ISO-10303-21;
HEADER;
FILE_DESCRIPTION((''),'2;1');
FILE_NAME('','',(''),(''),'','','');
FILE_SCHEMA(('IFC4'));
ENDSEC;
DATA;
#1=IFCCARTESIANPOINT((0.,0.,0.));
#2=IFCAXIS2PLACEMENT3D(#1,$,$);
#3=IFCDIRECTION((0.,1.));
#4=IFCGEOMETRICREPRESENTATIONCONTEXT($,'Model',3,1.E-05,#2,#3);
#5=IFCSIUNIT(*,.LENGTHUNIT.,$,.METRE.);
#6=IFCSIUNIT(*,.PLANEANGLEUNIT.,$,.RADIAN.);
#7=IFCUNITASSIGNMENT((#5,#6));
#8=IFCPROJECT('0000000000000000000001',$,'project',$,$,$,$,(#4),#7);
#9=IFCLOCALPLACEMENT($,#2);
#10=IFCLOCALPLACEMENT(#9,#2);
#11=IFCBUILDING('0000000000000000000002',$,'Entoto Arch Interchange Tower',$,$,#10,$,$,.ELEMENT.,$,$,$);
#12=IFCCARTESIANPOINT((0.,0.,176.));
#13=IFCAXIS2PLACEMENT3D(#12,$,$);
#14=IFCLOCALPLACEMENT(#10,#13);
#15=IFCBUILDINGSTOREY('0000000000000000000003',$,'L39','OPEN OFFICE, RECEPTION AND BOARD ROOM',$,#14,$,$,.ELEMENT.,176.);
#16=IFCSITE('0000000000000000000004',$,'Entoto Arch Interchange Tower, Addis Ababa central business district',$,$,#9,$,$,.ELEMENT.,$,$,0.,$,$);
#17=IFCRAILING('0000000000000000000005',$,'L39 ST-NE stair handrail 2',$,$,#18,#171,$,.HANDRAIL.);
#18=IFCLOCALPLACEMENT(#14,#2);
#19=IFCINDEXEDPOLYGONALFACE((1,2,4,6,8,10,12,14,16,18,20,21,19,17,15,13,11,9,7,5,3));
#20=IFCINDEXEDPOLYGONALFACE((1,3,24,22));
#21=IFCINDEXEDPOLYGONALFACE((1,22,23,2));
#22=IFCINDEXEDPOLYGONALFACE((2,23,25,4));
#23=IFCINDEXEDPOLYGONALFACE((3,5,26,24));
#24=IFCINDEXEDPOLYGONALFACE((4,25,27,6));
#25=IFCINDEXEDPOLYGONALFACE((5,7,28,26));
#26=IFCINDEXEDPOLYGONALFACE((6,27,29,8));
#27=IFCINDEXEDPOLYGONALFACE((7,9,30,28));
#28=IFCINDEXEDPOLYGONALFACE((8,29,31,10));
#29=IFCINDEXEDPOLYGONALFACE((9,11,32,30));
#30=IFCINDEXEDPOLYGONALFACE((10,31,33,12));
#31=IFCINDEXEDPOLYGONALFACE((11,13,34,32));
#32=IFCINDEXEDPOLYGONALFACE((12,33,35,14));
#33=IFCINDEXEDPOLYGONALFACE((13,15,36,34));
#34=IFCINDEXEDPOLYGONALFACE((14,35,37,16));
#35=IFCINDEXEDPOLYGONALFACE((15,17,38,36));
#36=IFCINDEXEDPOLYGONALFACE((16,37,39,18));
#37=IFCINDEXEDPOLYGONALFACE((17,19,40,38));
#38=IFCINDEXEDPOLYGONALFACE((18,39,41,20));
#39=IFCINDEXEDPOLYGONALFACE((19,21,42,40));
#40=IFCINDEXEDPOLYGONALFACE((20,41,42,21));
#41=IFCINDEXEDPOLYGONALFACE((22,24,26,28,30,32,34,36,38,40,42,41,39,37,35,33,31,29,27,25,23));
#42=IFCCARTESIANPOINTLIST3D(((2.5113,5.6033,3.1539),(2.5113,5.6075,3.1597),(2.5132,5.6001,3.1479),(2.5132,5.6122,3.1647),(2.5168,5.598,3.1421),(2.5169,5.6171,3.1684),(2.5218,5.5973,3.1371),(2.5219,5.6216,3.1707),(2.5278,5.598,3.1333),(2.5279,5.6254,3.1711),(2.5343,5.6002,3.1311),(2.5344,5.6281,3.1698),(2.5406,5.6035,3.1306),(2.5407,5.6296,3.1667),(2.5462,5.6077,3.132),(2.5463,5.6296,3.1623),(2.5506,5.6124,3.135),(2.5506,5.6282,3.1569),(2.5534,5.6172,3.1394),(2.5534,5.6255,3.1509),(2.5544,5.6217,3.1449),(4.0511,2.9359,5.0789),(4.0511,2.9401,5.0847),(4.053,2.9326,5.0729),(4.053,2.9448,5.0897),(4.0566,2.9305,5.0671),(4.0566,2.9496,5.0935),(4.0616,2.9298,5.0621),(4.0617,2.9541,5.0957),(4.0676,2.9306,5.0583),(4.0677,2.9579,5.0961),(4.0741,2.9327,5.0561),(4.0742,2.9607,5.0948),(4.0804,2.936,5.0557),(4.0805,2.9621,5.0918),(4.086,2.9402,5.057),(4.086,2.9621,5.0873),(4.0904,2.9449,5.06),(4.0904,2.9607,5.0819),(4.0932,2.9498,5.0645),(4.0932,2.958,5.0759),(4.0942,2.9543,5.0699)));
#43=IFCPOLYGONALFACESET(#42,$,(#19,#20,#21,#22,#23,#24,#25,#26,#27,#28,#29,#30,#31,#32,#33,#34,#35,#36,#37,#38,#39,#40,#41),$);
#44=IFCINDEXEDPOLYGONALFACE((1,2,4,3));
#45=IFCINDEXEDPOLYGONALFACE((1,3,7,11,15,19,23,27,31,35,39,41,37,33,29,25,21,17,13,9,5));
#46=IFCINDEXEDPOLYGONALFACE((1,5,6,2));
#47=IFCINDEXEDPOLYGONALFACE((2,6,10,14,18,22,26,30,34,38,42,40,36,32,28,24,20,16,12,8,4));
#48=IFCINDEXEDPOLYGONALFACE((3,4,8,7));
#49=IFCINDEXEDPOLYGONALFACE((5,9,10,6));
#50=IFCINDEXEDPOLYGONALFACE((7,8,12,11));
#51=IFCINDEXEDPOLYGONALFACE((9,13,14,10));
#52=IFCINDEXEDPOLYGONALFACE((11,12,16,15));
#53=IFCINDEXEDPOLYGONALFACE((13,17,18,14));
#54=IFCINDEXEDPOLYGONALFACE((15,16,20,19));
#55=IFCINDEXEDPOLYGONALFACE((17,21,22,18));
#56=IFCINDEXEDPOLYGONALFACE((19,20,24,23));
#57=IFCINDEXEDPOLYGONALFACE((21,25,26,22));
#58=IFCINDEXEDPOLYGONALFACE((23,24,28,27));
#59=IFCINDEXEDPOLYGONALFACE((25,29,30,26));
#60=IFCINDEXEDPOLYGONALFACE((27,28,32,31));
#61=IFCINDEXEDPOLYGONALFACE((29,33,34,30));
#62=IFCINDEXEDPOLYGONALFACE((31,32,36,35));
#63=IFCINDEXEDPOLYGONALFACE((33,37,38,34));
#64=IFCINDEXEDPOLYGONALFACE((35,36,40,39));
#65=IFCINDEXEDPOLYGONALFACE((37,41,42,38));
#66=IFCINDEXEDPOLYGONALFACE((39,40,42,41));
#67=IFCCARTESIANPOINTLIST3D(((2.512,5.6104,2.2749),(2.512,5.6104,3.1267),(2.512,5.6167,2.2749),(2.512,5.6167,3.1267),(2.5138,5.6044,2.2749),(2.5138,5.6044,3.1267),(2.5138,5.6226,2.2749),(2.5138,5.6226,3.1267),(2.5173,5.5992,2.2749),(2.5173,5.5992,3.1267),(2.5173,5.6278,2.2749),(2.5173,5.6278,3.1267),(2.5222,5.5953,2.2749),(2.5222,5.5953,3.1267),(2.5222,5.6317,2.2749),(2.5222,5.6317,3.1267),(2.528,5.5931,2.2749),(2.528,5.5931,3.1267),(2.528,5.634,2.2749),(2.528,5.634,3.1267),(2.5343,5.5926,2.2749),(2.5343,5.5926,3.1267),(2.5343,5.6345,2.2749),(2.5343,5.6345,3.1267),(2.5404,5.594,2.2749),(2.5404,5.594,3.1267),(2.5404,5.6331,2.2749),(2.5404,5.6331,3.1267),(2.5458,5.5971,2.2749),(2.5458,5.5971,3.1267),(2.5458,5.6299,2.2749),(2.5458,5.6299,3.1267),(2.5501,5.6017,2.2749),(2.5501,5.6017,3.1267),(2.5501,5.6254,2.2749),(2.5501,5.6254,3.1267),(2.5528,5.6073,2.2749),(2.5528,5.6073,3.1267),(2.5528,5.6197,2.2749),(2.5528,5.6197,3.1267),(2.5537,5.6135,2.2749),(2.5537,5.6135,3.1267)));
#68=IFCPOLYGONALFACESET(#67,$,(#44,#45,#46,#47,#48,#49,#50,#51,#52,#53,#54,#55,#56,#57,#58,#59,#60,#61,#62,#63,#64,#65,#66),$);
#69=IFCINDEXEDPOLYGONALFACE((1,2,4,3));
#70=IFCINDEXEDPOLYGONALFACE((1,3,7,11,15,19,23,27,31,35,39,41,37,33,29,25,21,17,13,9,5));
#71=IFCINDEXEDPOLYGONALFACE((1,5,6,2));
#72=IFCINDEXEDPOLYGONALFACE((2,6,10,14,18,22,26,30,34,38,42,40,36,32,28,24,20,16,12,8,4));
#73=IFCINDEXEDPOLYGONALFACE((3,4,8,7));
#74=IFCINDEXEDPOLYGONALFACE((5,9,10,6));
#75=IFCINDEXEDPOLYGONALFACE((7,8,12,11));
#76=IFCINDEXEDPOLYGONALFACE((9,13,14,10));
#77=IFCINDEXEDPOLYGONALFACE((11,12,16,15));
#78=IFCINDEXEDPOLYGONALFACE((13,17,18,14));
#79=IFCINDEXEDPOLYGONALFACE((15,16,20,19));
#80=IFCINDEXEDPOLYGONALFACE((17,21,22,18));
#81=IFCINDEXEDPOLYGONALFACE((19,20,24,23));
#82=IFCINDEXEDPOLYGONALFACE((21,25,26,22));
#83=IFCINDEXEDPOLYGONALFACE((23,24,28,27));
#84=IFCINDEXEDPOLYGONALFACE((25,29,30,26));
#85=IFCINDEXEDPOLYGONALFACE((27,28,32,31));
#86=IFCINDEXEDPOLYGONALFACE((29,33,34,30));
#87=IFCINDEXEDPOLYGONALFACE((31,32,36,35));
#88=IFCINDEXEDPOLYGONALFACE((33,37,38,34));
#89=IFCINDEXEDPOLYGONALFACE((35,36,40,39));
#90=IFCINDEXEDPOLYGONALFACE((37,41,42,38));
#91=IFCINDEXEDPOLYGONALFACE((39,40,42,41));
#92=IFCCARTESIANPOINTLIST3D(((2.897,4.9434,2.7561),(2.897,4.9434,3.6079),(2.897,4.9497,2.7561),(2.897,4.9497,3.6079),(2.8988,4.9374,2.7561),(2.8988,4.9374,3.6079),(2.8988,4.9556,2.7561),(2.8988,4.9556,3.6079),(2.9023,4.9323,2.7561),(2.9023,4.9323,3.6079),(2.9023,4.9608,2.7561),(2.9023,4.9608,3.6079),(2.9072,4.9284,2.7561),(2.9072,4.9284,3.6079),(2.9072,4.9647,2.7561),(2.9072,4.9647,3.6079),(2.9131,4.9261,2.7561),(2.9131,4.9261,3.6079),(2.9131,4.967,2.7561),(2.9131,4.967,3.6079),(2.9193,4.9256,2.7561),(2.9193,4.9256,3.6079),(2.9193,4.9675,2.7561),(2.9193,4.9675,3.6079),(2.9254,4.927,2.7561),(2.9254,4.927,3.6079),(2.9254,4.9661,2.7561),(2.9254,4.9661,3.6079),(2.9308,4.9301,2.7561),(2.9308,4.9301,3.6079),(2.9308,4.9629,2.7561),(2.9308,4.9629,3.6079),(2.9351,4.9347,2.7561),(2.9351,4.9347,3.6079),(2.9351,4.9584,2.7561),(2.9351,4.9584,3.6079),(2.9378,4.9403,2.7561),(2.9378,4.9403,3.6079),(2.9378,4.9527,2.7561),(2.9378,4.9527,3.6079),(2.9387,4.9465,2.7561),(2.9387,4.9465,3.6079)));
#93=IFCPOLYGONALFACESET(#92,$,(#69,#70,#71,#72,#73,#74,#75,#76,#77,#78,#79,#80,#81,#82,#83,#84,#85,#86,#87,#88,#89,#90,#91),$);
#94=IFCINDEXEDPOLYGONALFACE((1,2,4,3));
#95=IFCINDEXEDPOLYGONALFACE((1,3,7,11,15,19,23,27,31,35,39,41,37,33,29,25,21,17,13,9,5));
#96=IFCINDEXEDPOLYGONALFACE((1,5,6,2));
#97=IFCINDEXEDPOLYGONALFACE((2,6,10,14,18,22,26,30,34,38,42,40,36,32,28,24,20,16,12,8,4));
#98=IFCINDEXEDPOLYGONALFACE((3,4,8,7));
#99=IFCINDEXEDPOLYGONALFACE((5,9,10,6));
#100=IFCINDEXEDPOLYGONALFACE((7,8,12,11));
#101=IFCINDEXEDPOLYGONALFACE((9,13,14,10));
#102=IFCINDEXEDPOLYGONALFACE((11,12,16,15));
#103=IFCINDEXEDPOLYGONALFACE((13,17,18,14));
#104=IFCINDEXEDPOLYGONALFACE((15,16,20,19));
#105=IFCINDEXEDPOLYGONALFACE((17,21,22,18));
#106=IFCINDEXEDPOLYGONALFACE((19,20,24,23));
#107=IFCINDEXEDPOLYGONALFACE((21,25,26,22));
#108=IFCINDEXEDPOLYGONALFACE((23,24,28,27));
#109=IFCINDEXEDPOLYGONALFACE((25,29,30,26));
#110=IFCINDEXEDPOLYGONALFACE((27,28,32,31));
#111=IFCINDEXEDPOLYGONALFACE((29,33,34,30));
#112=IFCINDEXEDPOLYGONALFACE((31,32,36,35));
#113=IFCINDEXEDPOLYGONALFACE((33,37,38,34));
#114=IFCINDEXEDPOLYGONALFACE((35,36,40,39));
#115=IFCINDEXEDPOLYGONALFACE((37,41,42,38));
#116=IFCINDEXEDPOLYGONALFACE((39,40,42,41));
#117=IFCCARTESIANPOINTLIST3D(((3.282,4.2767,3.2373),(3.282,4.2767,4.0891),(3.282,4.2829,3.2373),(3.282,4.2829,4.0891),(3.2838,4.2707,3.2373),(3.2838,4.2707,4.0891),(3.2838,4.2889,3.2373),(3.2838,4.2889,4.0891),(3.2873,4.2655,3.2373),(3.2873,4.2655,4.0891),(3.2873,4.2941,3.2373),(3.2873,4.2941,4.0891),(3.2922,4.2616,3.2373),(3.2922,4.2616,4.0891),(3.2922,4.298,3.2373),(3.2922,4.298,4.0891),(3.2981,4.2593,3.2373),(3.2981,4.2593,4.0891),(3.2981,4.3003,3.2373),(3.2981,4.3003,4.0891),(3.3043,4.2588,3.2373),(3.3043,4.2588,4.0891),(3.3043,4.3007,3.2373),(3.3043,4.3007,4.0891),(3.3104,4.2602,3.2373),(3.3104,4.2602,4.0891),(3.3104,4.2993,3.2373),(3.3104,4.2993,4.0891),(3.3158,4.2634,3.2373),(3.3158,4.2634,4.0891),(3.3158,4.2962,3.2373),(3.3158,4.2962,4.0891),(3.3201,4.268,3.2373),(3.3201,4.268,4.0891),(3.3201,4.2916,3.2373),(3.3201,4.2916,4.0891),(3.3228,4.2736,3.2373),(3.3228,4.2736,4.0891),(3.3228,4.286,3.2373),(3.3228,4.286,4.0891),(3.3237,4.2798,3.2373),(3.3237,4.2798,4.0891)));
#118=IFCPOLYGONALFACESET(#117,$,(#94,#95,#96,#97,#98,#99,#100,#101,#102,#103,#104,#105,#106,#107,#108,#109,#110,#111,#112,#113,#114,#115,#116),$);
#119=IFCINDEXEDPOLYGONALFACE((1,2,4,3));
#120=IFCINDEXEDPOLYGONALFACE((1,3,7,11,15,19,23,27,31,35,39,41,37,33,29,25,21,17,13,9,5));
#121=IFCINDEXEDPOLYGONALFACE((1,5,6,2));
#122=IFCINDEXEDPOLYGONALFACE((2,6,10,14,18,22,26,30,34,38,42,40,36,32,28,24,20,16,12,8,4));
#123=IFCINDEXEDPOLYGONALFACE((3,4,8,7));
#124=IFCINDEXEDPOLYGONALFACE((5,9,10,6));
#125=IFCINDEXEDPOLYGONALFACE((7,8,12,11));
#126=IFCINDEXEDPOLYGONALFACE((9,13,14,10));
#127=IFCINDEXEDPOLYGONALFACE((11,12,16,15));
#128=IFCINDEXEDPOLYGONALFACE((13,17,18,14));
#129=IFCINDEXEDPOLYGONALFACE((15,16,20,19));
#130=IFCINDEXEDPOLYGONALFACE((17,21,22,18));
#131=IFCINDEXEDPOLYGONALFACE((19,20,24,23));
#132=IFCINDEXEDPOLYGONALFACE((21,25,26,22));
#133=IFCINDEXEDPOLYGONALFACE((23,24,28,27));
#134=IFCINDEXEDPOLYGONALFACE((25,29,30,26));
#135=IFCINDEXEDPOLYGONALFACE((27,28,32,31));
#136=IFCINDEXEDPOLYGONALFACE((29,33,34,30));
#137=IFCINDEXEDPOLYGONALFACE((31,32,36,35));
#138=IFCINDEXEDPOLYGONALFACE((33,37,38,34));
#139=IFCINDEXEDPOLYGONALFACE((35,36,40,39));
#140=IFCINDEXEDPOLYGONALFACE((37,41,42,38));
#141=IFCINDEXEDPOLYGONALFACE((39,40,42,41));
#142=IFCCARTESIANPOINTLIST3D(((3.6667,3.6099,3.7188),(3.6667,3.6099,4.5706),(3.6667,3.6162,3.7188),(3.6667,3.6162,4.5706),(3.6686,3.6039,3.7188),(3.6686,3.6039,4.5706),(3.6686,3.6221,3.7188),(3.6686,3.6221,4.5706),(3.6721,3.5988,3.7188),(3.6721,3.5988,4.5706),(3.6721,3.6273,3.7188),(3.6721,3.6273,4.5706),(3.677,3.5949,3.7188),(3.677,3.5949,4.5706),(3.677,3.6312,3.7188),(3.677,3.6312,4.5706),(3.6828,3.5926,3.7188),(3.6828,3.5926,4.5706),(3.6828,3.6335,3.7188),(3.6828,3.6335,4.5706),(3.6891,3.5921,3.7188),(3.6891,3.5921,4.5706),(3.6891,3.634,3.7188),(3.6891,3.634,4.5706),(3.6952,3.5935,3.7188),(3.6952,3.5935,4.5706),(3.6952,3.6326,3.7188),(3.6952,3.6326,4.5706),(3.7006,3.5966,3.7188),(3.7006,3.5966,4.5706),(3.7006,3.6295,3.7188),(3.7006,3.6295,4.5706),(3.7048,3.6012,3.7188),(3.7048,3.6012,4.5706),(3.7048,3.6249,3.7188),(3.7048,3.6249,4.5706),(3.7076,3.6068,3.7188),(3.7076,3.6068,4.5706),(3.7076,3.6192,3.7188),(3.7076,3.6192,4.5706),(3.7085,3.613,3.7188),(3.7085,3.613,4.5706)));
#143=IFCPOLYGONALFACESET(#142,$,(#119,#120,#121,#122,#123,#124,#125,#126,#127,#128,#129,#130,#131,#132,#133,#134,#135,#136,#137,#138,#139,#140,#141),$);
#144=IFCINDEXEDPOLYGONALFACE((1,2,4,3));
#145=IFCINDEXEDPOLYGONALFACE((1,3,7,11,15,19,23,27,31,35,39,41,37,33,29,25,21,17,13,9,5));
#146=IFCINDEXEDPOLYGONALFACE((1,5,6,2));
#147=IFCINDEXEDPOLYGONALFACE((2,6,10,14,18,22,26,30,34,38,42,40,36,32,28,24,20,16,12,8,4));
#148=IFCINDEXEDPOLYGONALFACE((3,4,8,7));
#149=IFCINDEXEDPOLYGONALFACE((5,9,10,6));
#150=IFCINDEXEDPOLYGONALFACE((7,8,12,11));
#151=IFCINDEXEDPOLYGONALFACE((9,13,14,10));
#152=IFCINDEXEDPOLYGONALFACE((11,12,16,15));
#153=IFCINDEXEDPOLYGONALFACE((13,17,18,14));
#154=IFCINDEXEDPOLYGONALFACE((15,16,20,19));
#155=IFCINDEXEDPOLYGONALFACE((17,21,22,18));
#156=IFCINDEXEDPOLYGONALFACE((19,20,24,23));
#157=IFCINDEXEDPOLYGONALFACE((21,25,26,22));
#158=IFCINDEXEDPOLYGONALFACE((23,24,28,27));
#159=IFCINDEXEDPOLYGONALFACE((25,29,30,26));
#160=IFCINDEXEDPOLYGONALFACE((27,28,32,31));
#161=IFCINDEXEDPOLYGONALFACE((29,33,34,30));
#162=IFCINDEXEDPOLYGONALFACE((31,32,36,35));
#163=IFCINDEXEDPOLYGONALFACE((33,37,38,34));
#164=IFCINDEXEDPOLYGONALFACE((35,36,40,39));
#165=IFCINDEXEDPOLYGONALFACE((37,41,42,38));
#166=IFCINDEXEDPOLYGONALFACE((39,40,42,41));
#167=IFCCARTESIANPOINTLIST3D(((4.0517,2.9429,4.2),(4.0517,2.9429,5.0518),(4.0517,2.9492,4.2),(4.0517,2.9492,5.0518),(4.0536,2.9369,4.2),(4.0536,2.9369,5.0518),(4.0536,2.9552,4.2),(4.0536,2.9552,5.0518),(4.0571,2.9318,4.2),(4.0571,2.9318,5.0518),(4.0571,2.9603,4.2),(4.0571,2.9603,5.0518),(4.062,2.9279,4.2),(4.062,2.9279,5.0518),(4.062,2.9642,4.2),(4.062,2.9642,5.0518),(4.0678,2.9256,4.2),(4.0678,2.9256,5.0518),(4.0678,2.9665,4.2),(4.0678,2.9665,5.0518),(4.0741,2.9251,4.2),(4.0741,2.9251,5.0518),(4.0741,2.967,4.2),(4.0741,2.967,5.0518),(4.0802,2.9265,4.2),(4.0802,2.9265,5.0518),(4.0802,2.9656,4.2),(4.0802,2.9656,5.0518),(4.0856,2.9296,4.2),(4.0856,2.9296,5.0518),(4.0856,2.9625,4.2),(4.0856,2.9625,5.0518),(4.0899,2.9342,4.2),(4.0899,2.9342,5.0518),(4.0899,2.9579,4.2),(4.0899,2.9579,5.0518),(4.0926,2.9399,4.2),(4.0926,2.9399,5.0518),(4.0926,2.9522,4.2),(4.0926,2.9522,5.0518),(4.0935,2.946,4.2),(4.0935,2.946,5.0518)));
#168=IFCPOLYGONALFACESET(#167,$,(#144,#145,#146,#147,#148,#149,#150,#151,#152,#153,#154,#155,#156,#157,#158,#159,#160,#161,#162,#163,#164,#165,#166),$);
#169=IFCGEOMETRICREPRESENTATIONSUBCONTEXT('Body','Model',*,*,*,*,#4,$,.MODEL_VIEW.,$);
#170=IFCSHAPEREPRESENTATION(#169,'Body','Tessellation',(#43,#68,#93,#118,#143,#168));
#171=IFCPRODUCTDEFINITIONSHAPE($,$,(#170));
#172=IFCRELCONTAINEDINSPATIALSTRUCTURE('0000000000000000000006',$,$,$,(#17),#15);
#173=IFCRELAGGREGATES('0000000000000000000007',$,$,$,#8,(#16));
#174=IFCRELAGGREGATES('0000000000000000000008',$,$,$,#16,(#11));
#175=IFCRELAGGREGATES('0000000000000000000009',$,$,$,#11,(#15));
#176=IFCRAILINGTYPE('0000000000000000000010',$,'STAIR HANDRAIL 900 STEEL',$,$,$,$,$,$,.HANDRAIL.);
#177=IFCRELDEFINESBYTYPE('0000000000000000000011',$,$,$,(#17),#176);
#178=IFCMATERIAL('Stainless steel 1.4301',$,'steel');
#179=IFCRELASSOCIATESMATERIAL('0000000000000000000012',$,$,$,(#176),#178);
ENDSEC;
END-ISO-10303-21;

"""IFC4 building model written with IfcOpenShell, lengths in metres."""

from ifc_helpers import new_model, si_unit, direction, frame, origin, origin_2d, place, context, subcontext, project, spatial, circle, extrude, material, type_object, element, save


model = new_model("IFC4")

# Units and contexts
model_context = context("Model", 3, precision=1e-05, world=origin(), true_north=direction((0.0, 1.0)))
body_context = subcontext(model_context, "Body", "Model", "MODEL_VIEW")
ifc_project = project(units=[si_unit("LENGTHUNIT", "METRE"), si_unit("PLANEANGLEUNIT", "RADIAN")], contexts=[model_context])

# Site, building, storey
site_placement = place(None, origin())
site = spatial("IfcSite", under=ifc_project, at=site_placement, Name="Entoto Arch Interchange Tower, Addis Ababa central business district", CompositionType="ELEMENT", RefElevation=0.0)
building_placement = place(site_placement, origin())
building = spatial("IfcBuilding", under=site, at=building_placement, Name="Entoto Arch Interchange Tower", CompositionType="ELEMENT")
storey_placement = place(building_placement, frame((0.0, 0.0, 176.0)))
storey = spatial("IfcBuildingStorey", under=building, at=storey_placement, Name="L39", Description="OPEN OFFICE, RECEPTION AND BOARD ROOM", CompositionType="ELEMENT", Elevation=176.0)

# Railing
ifc_material_1 = material(Name="Stainless steel 1.4301", Category="steel")
railing_type = type_object("IfcRailingType", Name="STAIR HANDRAIL 900 STEEL", PredefinedType="HANDRAIL", material=ifc_material_1)
railing_placement = place(storey_placement, frame((2.5327, 5.6135, 2.2749)))
element("IfcRailing", 1, at=railing_placement, inside=storey, type_object=railing_type, Name="L39 ST-NE stair handrail 2", PredefinedType="HANDRAIL", context=body_context, shape_type="SweptSolid", body=[
    extrude(circle(Radius=0.0239, at=origin_2d()), frame((0.0, 0.0, 0.876), z_axis=(0.423939, -0.734416, 0.530008), x_axis=(0.866064, 0.499933, 0.0)), (0.0, 0.0, 1.0), 3.6321),
    extrude(circle(Radius=0.021, at=origin_2d()), origin(), (0.0, 0.0, 1.0), 0.8518),
    extrude(circle(Radius=0.021, at=origin_2d()), frame((0.385, -0.667, 0.4812)), (0.0, 0.0, 1.0), 0.8518),
    extrude(circle(Radius=0.021, at=origin_2d()), frame((0.77, -1.3337, 0.9624)), (0.0, 0.0, 1.0), 0.8518),
    extrude(circle(Radius=0.021, at=origin_2d()), frame((1.1548, -2.0005, 1.4438)), (0.0, 0.0, 1.0), 0.8518),
    extrude(circle(Radius=0.021, at=origin_2d()), frame((1.5398, -2.6675, 1.925)), (0.0, 0.0, 1.0), 0.8518),
])

save(model, "model.ifc")
